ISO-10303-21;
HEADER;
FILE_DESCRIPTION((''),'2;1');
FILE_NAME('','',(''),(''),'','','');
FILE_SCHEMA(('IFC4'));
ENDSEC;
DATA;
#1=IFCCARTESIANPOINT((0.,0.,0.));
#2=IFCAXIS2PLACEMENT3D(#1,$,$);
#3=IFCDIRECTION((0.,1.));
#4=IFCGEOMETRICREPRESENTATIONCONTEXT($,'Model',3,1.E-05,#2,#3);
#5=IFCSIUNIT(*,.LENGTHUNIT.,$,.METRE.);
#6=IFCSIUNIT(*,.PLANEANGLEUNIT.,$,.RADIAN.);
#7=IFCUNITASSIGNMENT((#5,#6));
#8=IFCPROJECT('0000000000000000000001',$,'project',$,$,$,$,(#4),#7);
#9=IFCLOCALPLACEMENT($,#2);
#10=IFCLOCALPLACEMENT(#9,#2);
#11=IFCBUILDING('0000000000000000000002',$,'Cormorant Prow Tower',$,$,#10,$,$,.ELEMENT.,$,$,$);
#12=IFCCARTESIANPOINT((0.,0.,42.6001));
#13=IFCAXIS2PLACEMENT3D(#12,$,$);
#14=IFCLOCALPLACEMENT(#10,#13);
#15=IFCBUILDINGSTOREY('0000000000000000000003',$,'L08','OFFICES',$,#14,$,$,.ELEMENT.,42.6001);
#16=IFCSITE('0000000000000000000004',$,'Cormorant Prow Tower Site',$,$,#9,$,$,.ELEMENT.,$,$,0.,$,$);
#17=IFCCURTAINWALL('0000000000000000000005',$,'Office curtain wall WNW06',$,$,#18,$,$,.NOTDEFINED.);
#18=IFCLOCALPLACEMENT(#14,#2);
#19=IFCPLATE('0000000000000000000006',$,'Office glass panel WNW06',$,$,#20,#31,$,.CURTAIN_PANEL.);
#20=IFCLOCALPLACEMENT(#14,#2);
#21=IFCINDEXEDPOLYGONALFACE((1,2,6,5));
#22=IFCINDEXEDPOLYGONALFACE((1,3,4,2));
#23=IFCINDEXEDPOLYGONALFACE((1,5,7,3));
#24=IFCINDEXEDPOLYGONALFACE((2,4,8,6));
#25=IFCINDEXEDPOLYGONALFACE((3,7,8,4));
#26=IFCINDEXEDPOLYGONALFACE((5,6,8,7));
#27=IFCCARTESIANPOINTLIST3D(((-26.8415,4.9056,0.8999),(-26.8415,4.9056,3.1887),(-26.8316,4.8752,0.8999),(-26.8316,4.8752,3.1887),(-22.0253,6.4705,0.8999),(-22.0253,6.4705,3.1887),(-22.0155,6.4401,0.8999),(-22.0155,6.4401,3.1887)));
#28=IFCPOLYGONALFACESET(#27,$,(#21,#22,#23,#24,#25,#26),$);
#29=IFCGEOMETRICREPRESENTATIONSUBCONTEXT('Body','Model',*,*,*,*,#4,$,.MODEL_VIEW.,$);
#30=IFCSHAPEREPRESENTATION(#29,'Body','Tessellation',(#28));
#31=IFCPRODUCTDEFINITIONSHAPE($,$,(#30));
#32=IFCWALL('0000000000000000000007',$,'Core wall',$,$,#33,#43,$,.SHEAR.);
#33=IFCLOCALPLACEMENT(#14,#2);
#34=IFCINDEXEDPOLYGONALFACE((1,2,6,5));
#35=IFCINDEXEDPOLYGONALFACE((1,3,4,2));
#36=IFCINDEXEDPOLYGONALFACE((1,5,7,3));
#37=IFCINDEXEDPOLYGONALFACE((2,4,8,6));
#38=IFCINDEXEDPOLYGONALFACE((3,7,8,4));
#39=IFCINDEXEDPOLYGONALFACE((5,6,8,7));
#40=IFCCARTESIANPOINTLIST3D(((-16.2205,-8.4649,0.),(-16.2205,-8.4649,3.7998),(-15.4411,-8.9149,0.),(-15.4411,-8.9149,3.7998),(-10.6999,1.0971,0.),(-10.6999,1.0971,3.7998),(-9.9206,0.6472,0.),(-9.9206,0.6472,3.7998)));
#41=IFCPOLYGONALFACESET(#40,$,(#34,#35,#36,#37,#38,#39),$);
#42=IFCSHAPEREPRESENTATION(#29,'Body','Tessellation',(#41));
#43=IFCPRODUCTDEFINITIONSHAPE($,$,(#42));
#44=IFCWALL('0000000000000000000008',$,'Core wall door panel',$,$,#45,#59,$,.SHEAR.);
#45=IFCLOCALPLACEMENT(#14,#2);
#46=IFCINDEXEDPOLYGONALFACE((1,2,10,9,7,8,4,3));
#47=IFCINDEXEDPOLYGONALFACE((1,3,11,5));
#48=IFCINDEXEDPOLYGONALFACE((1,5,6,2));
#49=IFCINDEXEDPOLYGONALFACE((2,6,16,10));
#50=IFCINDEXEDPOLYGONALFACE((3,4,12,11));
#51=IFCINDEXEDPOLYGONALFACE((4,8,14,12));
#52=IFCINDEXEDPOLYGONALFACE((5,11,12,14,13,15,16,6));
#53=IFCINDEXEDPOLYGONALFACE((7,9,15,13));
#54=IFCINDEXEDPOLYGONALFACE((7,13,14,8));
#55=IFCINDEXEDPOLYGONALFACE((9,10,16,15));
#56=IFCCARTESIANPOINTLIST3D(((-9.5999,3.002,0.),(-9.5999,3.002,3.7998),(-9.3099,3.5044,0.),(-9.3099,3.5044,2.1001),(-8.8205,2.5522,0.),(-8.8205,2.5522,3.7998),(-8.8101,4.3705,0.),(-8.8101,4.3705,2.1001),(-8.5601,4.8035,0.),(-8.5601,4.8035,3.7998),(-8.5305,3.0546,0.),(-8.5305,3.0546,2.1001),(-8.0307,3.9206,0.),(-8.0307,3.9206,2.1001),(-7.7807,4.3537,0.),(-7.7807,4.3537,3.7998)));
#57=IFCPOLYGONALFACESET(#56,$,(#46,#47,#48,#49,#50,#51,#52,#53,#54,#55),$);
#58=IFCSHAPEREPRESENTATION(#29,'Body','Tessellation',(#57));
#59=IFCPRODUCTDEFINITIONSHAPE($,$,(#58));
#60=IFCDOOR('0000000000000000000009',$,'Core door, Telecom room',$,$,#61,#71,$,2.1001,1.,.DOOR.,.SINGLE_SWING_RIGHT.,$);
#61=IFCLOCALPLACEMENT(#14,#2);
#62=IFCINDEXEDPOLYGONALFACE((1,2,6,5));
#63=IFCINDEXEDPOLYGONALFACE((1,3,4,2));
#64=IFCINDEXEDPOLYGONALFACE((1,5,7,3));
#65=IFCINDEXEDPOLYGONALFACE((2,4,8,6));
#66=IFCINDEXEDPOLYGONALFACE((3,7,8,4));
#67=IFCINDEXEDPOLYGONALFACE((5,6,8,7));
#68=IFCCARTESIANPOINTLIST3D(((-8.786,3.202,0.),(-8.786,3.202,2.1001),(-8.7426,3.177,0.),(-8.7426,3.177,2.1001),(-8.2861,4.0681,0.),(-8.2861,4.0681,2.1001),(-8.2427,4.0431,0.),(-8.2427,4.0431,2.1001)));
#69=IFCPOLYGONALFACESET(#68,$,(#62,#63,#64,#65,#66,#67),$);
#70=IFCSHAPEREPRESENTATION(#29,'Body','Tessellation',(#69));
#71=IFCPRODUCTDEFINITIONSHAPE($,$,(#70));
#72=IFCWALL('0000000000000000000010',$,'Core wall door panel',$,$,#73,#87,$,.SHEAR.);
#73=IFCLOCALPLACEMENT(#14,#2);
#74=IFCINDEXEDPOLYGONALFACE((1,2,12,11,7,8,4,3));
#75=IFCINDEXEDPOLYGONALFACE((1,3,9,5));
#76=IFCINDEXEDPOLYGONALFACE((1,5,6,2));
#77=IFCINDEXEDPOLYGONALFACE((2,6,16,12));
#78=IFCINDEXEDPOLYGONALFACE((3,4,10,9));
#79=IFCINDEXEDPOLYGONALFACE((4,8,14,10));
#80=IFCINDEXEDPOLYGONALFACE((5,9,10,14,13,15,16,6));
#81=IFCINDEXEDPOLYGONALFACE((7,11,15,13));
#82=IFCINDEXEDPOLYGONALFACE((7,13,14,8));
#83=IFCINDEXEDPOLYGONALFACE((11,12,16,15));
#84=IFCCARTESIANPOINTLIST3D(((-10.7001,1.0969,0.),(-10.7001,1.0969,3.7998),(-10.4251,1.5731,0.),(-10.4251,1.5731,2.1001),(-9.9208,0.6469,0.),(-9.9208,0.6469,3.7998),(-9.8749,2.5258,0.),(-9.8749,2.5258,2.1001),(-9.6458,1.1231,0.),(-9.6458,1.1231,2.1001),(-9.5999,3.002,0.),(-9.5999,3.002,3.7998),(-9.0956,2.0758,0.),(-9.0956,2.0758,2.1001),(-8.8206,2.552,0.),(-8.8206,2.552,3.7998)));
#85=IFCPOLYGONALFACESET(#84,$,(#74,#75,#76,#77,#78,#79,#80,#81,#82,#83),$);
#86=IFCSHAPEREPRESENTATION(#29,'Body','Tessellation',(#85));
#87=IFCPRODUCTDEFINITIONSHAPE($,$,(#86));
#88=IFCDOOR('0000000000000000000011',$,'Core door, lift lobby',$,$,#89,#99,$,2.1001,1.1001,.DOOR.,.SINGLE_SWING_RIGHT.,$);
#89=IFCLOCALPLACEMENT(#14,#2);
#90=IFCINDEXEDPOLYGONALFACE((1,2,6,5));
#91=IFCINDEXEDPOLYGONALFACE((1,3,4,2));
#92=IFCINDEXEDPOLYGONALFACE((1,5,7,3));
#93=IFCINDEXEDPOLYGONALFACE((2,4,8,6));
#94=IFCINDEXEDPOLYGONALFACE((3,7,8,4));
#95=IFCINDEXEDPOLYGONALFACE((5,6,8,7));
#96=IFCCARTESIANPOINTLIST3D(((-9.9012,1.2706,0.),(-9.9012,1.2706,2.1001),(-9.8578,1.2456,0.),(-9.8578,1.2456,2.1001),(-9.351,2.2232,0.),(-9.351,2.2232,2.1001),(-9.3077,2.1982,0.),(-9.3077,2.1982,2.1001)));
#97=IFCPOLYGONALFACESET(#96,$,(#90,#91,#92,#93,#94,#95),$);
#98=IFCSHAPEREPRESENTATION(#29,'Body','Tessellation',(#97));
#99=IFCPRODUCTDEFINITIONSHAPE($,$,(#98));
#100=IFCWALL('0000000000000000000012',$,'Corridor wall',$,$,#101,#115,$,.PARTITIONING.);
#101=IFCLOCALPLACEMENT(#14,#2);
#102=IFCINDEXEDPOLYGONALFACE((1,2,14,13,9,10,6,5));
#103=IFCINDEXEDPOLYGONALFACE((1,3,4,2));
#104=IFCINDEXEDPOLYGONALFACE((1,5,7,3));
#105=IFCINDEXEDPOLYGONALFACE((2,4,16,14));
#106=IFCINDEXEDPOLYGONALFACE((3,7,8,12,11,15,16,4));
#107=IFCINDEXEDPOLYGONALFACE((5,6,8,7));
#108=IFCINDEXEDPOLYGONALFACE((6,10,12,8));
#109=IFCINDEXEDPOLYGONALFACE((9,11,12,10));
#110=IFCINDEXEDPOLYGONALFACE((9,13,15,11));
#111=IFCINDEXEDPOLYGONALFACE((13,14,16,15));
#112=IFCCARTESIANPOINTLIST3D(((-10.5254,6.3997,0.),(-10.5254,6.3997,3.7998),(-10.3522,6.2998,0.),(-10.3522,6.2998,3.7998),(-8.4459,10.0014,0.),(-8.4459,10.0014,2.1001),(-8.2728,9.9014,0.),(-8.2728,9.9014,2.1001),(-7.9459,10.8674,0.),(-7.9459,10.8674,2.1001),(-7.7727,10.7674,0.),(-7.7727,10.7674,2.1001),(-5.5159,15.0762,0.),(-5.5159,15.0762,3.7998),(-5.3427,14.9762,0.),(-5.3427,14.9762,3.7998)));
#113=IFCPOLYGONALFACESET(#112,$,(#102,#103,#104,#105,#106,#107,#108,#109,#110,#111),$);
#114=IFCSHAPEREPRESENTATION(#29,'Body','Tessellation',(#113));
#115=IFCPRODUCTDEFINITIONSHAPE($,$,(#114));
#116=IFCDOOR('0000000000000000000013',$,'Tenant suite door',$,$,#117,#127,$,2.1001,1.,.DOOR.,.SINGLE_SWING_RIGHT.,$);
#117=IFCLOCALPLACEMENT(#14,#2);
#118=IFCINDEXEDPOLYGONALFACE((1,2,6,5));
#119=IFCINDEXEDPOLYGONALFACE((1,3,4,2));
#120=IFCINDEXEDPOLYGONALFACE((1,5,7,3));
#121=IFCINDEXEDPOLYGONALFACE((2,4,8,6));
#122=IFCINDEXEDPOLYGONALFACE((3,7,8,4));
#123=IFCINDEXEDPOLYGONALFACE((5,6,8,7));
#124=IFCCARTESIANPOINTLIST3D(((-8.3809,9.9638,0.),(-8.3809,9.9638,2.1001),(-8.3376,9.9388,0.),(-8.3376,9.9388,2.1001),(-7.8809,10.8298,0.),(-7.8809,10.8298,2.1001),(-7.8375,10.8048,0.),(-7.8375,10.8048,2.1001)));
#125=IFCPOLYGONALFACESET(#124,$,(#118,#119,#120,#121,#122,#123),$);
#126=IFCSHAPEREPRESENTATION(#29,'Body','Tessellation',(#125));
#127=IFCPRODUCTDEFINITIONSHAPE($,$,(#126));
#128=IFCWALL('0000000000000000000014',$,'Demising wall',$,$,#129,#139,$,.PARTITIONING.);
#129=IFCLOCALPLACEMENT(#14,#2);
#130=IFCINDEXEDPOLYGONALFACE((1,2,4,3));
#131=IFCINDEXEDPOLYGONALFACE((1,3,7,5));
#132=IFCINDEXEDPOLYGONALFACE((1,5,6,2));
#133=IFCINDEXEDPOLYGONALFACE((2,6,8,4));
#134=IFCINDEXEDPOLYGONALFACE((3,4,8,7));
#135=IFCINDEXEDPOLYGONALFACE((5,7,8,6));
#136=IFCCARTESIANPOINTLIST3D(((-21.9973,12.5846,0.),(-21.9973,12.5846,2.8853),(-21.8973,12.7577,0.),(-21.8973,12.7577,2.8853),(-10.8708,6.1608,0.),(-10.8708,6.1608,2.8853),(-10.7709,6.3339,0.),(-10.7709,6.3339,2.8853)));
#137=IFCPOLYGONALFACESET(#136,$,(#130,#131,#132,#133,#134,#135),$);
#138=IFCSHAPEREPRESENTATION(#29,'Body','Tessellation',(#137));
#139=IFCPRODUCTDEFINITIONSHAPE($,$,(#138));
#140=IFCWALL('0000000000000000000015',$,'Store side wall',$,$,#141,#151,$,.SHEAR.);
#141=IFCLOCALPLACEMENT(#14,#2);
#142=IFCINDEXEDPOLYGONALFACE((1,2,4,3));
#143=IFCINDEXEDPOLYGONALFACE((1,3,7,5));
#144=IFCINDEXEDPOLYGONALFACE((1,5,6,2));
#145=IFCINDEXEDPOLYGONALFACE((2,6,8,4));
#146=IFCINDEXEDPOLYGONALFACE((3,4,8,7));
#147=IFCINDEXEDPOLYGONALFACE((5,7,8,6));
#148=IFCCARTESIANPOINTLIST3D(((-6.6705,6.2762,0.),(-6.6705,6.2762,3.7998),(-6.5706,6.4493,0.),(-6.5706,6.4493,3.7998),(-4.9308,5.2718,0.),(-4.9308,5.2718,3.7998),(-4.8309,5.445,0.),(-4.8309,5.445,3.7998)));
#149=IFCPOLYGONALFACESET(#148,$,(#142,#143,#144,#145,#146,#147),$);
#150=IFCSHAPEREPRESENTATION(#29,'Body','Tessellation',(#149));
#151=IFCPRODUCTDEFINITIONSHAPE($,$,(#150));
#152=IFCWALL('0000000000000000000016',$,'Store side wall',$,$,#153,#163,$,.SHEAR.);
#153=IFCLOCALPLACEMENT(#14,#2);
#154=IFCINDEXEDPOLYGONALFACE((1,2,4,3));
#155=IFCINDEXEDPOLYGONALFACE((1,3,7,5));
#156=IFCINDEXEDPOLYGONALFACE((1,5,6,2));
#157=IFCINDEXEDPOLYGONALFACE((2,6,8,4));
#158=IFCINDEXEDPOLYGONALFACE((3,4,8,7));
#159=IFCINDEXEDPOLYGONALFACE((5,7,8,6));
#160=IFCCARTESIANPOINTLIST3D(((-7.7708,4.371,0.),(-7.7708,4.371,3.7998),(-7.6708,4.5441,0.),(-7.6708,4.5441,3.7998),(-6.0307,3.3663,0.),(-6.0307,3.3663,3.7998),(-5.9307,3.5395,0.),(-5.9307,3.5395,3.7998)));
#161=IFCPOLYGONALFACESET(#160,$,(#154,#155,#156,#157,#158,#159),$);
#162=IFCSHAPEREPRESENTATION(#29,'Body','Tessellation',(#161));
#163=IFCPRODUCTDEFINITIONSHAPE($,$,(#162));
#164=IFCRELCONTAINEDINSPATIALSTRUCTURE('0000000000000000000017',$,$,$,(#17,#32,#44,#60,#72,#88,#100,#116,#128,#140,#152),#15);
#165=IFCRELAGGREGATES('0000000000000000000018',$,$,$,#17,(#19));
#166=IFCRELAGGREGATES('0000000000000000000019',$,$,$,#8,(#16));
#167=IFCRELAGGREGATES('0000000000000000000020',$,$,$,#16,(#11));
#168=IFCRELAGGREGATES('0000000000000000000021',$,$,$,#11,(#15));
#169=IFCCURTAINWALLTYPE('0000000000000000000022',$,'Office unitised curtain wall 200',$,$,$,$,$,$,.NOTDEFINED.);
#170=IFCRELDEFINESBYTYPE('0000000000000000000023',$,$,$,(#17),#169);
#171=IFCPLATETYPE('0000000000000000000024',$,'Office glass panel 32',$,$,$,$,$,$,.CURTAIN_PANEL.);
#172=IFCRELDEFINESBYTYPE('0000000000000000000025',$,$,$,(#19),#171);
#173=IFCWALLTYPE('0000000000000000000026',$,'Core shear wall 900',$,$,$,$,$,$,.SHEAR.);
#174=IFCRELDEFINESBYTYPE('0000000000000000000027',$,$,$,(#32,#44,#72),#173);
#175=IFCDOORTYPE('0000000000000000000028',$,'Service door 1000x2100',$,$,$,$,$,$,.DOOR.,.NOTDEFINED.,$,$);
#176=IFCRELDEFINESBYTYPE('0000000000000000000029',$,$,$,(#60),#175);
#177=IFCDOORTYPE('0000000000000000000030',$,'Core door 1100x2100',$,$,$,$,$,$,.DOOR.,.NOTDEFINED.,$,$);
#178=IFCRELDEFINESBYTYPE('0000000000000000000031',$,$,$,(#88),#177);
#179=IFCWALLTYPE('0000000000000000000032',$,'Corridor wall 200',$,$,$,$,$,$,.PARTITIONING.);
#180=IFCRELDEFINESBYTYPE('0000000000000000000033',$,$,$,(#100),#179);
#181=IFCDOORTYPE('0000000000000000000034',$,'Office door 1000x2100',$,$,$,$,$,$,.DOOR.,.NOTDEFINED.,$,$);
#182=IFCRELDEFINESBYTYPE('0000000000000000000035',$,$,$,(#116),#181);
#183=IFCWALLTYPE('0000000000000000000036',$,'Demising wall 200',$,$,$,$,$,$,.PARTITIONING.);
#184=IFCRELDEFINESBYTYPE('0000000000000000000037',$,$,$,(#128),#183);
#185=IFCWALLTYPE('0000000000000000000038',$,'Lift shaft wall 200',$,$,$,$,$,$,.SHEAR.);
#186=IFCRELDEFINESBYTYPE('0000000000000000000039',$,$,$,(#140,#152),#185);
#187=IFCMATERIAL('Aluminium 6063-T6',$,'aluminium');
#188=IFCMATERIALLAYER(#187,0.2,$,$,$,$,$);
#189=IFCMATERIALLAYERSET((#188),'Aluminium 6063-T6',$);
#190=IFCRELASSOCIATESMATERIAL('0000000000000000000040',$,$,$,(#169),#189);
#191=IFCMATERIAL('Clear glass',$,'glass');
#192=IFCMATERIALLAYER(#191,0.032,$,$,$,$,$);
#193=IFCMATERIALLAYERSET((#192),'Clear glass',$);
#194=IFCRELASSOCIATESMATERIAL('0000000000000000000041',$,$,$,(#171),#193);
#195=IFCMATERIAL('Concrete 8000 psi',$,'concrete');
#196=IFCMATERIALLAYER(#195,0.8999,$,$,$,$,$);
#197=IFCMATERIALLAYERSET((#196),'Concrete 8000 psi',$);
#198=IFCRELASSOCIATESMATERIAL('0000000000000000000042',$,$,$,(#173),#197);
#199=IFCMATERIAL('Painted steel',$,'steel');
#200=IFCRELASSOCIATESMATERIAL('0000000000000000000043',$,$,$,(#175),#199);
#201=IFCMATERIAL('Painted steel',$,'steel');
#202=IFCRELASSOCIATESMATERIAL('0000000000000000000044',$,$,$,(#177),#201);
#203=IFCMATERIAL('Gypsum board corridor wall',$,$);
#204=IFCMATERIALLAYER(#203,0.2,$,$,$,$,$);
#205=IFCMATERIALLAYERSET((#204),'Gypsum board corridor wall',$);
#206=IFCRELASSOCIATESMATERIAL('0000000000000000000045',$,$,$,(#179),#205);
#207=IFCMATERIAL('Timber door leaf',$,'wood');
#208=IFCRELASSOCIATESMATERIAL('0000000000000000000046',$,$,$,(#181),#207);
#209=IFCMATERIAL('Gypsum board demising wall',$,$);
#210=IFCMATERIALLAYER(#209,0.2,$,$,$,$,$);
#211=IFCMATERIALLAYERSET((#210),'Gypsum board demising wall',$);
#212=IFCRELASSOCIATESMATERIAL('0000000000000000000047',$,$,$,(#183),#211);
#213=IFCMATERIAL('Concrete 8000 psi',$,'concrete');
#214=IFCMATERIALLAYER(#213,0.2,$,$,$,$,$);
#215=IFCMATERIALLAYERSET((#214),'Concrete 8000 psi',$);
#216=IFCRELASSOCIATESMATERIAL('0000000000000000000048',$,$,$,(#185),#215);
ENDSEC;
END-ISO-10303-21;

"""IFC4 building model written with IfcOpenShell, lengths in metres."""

from ifc_helpers import new_model, si_unit, direction, frame, frame_2d, origin, origin_2d, place, context, subcontext, project, spatial, rectangle, extrude, material, layer, layer_set, type_object, element, fill, aggregate, save


model = new_model("IFC4")

# Units and contexts
model_context = context("Model", 3, precision=1e-05, world=origin(), true_north=direction((0.0, 1.0)))
body_context = subcontext(model_context, "Body", "Model", "MODEL_VIEW")
ifc_project = project(units=[si_unit("LENGTHUNIT", "METRE"), si_unit("PLANEANGLEUNIT", "RADIAN")], contexts=[model_context])

# Site, building, storey
site_placement = place(None, origin())
site = spatial("IfcSite", under=ifc_project, at=site_placement, Name="Cormorant Prow Tower Site", CompositionType="ELEMENT", RefElevation=0.0)
building_placement = place(site_placement, origin())
building = spatial("IfcBuilding", under=site, at=building_placement, Name="Cormorant Prow Tower", CompositionType="ELEMENT")
storey_placement = place(building_placement, frame((0.0, 0.0, 42.6001)))
storey = spatial("IfcBuildingStorey", under=building, at=storey_placement, Name="L08", Description="OFFICES", CompositionType="ELEMENT", Elevation=42.6001)

# Curtain wall
ifc_material_1 = material(Name="Aluminium 6063-T6", Category="aluminium")
ifc_layer_1 = layer(ifc_material_1, 0.2)
ifc_layer_set_1 = layer_set([ifc_layer_1], Name="Aluminium 6063-T6")
curtain_wall_type = type_object("IfcCurtainWallType", Name="Office unitised curtain wall 200", PredefinedType="NOTDEFINED", material=ifc_layer_set_1)
curtain_wall_placement = place(storey_placement, origin())
curtain_wall = element("IfcCurtainWall", 1, at=curtain_wall_placement, inside=storey, type_object=curtain_wall_type, Name="Office curtain wall WNW06", PredefinedType="NOTDEFINED")

# Plate
ifc_material_2 = material(Name="Clear glass", Category="glass")
ifc_layer_2 = layer(ifc_material_2, 0.032)
ifc_layer_set_2 = layer_set([ifc_layer_2], Name="Clear glass")
plate_type = type_object("IfcPlateType", Name="Office glass panel 32", PredefinedType="CURTAIN_PANEL", material=ifc_layer_set_2)
plate_placement = place(storey_placement, frame((-24.4285, 5.6729, 0.8999), z_axis=(0.0, 0.0, 1.0), x_axis=(-0.951057, -0.309017, 0.0)))
plate = element("IfcPlate", 2, at=plate_placement, type_object=plate_type, Name="Office glass panel WNW06", PredefinedType="CURTAIN_PANEL", context=body_context, shape_type="SweptSolid", body=[
    extrude(rectangle(XDim=5.064, YDim=0.032, at=origin_2d()), origin(), (0.0, 0.0, 1.0), 2.2888),
])
aggregate(curtain_wall, [plate])

# Wall
ifc_material_3 = material(Name="Concrete 8000 psi", Category="concrete")
ifc_layer_3 = layer(ifc_material_3, 0.8999)
ifc_layer_set_3 = layer_set([ifc_layer_3], Name="Concrete 8000 psi")
wall_type_1 = type_object("IfcWallType", Name="Core shear wall 900", PredefinedType="SHEAR", material=ifc_layer_set_3)
wall_1_placement = place(storey_placement, frame((-10.3103, 0.8721, 0.0), z_axis=(0.0, 0.0, 1.0), x_axis=(-0.499992, -0.86603, 0.0)))
element("IfcWall", 3, at=wall_1_placement, inside=storey, type_object=wall_type_1, Name="Core wall", PredefinedType="SHEAR", context=body_context, shape_type="SweptSolid", body=[
    extrude(rectangle(XDim=11.0413, YDim=0.8999, at=frame_2d((5.5205, 0.0))), origin(), (0.0, 0.0, 1.0), 3.7998),
])

# Walls, openings, doors
wall_2_placement = place(storey_placement, frame((-8.1704, 4.5786, 0.0), z_axis=(0.0, 0.0, 1.0), x_axis=(-0.499888, -0.86609, 0.0)))
wall_2 = element("IfcWall", 4, at=wall_2_placement, inside=storey, type_object=wall_type_1, Name="Core wall door panel", PredefinedType="SHEAR", context=body_context, shape_type="SweptSolid", body=[
    extrude(rectangle(XDim=2.0801, YDim=0.8999, at=frame_2d((1.04, 0.0))), origin(), (0.0, 0.0, 1.0), 3.7998),
])
opening_1_placement = place(wall_2_placement, frame((0.5, 0.0, 0.0)))
opening_1 = element("IfcOpeningElement", 5, at=opening_1_placement, cuts=wall_2, PredefinedType="OPENING", context=body_context, shape_type="SweptSolid", body=[
    extrude(rectangle(XDim=1.0, YDim=2.1001, at=frame_2d((0.5, 1.05))), frame((0.0, 0.46, 0.0), z_axis=(0.0, -1.0, 0.0), x_axis=(1.0, 0.0, 0.0)), (0.0, 0.0, 1.0), 0.9199),
])
ifc_material_4 = material(Name="Painted steel", Category="steel")
door_type_1 = type_object("IfcDoorType", Name="Service door 1000x2100", OperationType="NOTDEFINED", PredefinedType="DOOR", material=ifc_material_4)
door_1_placement = place(opening_1_placement, origin())
door_1 = element("IfcDoor", 6, at=door_1_placement, inside=storey, type_object=door_type_1, Name="Core door, Telecom room", OperationType="SINGLE_SWING_RIGHT", OverallHeight=2.1001, OverallWidth=1.0, PredefinedType="DOOR", context=body_context, shape_type="SweptSolid", body=[
    extrude(rectangle(XDim=1.0, YDim=2.1001, at=frame_2d((0.5, 1.05))), frame((0.0, 0.2051, 0.0), z_axis=(0.0, -1.0, 0.0), x_axis=(1.0, 0.0, 0.0)), (0.0, 0.0, 1.0), 0.05),
])
fill(opening_1, door_1)
wall_3_placement = place(storey_placement, frame((-9.2102, 2.7771, 0.0), z_axis=(0.0, 0.0, 1.0), x_axis=(-0.500078, -0.86598, 0.0)))
wall_3 = element("IfcWall", 7, at=wall_3_placement, inside=storey, type_object=wall_type_1, Name="Core wall door panel", PredefinedType="SHEAR", context=body_context, shape_type="SweptSolid", body=[
    extrude(rectangle(XDim=2.2, YDim=0.8999, at=frame_2d((1.1001, 0.0))), origin(), (0.0, 0.0, 1.0), 3.7998),
])
opening_2_placement = place(wall_3_placement, frame((0.55, 0.0, 0.0)))
opening_2 = element("IfcOpeningElement", 8, at=opening_2_placement, cuts=wall_3, PredefinedType="OPENING", context=body_context, shape_type="SweptSolid", body=[
    extrude(rectangle(XDim=1.1001, YDim=2.1001, at=frame_2d((0.55, 1.05))), frame((0.0, 0.46, 0.0), z_axis=(0.0, -1.0, 0.0), x_axis=(1.0, 0.0, 0.0)), (0.0, 0.0, 1.0), 0.9199),
])
ifc_material_5 = material(Name="Painted steel", Category="steel")
door_type_2 = type_object("IfcDoorType", Name="Core door 1100x2100", OperationType="NOTDEFINED", PredefinedType="DOOR", material=ifc_material_5)
door_2_placement = place(opening_2_placement, origin())
door_2 = element("IfcDoor", 9, at=door_2_placement, inside=storey, type_object=door_type_2, Name="Core door, lift lobby", OperationType="SINGLE_SWING_RIGHT", OverallHeight=2.1001, OverallWidth=1.1001, PredefinedType="DOOR", context=body_context, shape_type="SweptSolid", body=[
    extrude(rectangle(XDim=1.1001, YDim=2.1001, at=frame_2d((0.55, 1.05))), frame((0.0, 0.2051, 0.0), z_axis=(0.0, -1.0, 0.0), x_axis=(1.0, 0.0, 0.0)), (0.0, 0.0, 1.0), 0.05),
])
fill(opening_2, door_2)
ifc_material_6 = material(Name="Gypsum board corridor wall")
ifc_layer_4 = layer(ifc_material_6, 0.2)
ifc_layer_set_4 = layer_set([ifc_layer_4], Name="Gypsum board corridor wall")
wall_type_2 = type_object("IfcWallType", Name="Corridor wall 200", PredefinedType="PARTITIONING", material=ifc_layer_set_4)
wall_4_placement = place(storey_placement, frame((-10.4387, 6.3499, 0.0), z_axis=(0.0, 0.0, 1.0), x_axis=(0.50001, 0.86602, 0.0)))
wall_4 = element("IfcWall", 10, at=wall_4_placement, inside=storey, type_object=wall_type_2, Name="Corridor wall", PredefinedType="PARTITIONING", context=body_context, shape_type="SweptSolid", body=[
    extrude(rectangle(XDim=10.0188, YDim=0.2, at=frame_2d((5.0093, 0.0))), origin(), (0.0, 0.0, 1.0), 3.7998),
])
opening_3_placement = place(wall_4_placement, frame((4.1587, 0.0, 0.0)))
opening_3 = element("IfcOpeningElement", 11, at=opening_3_placement, cuts=wall_4, PredefinedType="OPENING", context=body_context, shape_type="SweptSolid", body=[
    extrude(rectangle(XDim=1.0, YDim=2.1001, at=frame_2d((0.5, 1.05))), frame((0.0, 0.1099, 0.0), z_axis=(0.0, -1.0, 0.0), x_axis=(1.0, 0.0, 0.0)), (0.0, 0.0, 1.0), 0.22),
])
ifc_material_7 = material(Name="Timber door leaf", Category="wood")
door_type_3 = type_object("IfcDoorType", Name="Office door 1000x2100", OperationType="NOTDEFINED", PredefinedType="DOOR", material=ifc_material_7)
door_3_placement = place(opening_3_placement, origin())
door_3 = element("IfcDoor", 12, at=door_3_placement, inside=storey, type_object=door_type_3, Name="Tenant suite door", OperationType="SINGLE_SWING_RIGHT", OverallHeight=2.1001, OverallWidth=1.0, PredefinedType="DOOR", context=body_context, shape_type="SweptSolid", body=[
    extrude(rectangle(XDim=1.0, YDim=2.1001, at=frame_2d((0.5, 1.05))), frame((0.0, 0.0249, 0.0), z_axis=(0.0, -1.0, 0.0), x_axis=(1.0, 0.0, 0.0)), (0.0, 0.0, 1.0), 0.05),
])
fill(opening_3, door_3)

# Walls
ifc_material_8 = material(Name="Gypsum board demising wall")
ifc_layer_5 = layer(ifc_material_8, 0.2)
ifc_layer_set_5 = layer_set([ifc_layer_5], Name="Gypsum board demising wall")
wall_type_3 = type_object("IfcWallType", Name="Demising wall 200", PredefinedType="PARTITIONING", material=ifc_layer_set_5)
wall_5_placement = place(storey_placement, frame((-21.9473, 12.6711, 0.0), z_axis=(0.0, 0.0, 1.0), x_axis=(0.866027, -0.499998, 0.0)))
element("IfcWall", 13, at=wall_5_placement, inside=storey, type_object=wall_type_3, Name="Demising wall", PredefinedType="PARTITIONING", context=body_context, shape_type="SweptSolid", body=[
    extrude(rectangle(XDim=12.8477, YDim=0.2, at=frame_2d((6.4238, 0.0))), origin(), (0.0, 0.0, 1.0), 2.8853),
])
ifc_material_9 = material(Name="Concrete 8000 psi", Category="concrete")
ifc_layer_6 = layer(ifc_material_9, 0.2)
ifc_layer_set_6 = layer_set([ifc_layer_6], Name="Concrete 8000 psi")
wall_type_4 = type_object("IfcWallType", Name="Lift shaft wall 200", PredefinedType="SHEAR", material=ifc_layer_set_6)
wall_6_placement = place(storey_placement, frame((-4.8809, 5.3584, 0.0), z_axis=(0.0, 0.0, 1.0), x_axis=(-0.866036, 0.499982, 0.0)))
element("IfcWall", 14, at=wall_6_placement, inside=storey, type_object=wall_type_4, Name="Store side wall", PredefinedType="SHEAR", context=body_context, shape_type="SweptSolid", body=[
    extrude(rectangle(XDim=2.0088, YDim=0.2, at=frame_2d((1.0044, 0.0))), origin(), (0.0, 0.0, 1.0), 3.7998),
])
wall_7_placement = place(storey_placement, frame((-5.9807, 3.4529, 0.0), z_axis=(0.0, 0.0, 1.0), x_axis=(-0.866014, 0.50002, 0.0)))
element("IfcWall", 15, at=wall_7_placement, inside=storey, type_object=wall_type_4, Name="Store side wall", PredefinedType="SHEAR", context=body_context, shape_type="SweptSolid", body=[
    extrude(rectangle(XDim=2.0093, YDim=0.2, at=frame_2d((1.0046, 0.0))), origin(), (0.0, 0.0, 1.0), 3.7998),
])

save(model, "model.ifc")
